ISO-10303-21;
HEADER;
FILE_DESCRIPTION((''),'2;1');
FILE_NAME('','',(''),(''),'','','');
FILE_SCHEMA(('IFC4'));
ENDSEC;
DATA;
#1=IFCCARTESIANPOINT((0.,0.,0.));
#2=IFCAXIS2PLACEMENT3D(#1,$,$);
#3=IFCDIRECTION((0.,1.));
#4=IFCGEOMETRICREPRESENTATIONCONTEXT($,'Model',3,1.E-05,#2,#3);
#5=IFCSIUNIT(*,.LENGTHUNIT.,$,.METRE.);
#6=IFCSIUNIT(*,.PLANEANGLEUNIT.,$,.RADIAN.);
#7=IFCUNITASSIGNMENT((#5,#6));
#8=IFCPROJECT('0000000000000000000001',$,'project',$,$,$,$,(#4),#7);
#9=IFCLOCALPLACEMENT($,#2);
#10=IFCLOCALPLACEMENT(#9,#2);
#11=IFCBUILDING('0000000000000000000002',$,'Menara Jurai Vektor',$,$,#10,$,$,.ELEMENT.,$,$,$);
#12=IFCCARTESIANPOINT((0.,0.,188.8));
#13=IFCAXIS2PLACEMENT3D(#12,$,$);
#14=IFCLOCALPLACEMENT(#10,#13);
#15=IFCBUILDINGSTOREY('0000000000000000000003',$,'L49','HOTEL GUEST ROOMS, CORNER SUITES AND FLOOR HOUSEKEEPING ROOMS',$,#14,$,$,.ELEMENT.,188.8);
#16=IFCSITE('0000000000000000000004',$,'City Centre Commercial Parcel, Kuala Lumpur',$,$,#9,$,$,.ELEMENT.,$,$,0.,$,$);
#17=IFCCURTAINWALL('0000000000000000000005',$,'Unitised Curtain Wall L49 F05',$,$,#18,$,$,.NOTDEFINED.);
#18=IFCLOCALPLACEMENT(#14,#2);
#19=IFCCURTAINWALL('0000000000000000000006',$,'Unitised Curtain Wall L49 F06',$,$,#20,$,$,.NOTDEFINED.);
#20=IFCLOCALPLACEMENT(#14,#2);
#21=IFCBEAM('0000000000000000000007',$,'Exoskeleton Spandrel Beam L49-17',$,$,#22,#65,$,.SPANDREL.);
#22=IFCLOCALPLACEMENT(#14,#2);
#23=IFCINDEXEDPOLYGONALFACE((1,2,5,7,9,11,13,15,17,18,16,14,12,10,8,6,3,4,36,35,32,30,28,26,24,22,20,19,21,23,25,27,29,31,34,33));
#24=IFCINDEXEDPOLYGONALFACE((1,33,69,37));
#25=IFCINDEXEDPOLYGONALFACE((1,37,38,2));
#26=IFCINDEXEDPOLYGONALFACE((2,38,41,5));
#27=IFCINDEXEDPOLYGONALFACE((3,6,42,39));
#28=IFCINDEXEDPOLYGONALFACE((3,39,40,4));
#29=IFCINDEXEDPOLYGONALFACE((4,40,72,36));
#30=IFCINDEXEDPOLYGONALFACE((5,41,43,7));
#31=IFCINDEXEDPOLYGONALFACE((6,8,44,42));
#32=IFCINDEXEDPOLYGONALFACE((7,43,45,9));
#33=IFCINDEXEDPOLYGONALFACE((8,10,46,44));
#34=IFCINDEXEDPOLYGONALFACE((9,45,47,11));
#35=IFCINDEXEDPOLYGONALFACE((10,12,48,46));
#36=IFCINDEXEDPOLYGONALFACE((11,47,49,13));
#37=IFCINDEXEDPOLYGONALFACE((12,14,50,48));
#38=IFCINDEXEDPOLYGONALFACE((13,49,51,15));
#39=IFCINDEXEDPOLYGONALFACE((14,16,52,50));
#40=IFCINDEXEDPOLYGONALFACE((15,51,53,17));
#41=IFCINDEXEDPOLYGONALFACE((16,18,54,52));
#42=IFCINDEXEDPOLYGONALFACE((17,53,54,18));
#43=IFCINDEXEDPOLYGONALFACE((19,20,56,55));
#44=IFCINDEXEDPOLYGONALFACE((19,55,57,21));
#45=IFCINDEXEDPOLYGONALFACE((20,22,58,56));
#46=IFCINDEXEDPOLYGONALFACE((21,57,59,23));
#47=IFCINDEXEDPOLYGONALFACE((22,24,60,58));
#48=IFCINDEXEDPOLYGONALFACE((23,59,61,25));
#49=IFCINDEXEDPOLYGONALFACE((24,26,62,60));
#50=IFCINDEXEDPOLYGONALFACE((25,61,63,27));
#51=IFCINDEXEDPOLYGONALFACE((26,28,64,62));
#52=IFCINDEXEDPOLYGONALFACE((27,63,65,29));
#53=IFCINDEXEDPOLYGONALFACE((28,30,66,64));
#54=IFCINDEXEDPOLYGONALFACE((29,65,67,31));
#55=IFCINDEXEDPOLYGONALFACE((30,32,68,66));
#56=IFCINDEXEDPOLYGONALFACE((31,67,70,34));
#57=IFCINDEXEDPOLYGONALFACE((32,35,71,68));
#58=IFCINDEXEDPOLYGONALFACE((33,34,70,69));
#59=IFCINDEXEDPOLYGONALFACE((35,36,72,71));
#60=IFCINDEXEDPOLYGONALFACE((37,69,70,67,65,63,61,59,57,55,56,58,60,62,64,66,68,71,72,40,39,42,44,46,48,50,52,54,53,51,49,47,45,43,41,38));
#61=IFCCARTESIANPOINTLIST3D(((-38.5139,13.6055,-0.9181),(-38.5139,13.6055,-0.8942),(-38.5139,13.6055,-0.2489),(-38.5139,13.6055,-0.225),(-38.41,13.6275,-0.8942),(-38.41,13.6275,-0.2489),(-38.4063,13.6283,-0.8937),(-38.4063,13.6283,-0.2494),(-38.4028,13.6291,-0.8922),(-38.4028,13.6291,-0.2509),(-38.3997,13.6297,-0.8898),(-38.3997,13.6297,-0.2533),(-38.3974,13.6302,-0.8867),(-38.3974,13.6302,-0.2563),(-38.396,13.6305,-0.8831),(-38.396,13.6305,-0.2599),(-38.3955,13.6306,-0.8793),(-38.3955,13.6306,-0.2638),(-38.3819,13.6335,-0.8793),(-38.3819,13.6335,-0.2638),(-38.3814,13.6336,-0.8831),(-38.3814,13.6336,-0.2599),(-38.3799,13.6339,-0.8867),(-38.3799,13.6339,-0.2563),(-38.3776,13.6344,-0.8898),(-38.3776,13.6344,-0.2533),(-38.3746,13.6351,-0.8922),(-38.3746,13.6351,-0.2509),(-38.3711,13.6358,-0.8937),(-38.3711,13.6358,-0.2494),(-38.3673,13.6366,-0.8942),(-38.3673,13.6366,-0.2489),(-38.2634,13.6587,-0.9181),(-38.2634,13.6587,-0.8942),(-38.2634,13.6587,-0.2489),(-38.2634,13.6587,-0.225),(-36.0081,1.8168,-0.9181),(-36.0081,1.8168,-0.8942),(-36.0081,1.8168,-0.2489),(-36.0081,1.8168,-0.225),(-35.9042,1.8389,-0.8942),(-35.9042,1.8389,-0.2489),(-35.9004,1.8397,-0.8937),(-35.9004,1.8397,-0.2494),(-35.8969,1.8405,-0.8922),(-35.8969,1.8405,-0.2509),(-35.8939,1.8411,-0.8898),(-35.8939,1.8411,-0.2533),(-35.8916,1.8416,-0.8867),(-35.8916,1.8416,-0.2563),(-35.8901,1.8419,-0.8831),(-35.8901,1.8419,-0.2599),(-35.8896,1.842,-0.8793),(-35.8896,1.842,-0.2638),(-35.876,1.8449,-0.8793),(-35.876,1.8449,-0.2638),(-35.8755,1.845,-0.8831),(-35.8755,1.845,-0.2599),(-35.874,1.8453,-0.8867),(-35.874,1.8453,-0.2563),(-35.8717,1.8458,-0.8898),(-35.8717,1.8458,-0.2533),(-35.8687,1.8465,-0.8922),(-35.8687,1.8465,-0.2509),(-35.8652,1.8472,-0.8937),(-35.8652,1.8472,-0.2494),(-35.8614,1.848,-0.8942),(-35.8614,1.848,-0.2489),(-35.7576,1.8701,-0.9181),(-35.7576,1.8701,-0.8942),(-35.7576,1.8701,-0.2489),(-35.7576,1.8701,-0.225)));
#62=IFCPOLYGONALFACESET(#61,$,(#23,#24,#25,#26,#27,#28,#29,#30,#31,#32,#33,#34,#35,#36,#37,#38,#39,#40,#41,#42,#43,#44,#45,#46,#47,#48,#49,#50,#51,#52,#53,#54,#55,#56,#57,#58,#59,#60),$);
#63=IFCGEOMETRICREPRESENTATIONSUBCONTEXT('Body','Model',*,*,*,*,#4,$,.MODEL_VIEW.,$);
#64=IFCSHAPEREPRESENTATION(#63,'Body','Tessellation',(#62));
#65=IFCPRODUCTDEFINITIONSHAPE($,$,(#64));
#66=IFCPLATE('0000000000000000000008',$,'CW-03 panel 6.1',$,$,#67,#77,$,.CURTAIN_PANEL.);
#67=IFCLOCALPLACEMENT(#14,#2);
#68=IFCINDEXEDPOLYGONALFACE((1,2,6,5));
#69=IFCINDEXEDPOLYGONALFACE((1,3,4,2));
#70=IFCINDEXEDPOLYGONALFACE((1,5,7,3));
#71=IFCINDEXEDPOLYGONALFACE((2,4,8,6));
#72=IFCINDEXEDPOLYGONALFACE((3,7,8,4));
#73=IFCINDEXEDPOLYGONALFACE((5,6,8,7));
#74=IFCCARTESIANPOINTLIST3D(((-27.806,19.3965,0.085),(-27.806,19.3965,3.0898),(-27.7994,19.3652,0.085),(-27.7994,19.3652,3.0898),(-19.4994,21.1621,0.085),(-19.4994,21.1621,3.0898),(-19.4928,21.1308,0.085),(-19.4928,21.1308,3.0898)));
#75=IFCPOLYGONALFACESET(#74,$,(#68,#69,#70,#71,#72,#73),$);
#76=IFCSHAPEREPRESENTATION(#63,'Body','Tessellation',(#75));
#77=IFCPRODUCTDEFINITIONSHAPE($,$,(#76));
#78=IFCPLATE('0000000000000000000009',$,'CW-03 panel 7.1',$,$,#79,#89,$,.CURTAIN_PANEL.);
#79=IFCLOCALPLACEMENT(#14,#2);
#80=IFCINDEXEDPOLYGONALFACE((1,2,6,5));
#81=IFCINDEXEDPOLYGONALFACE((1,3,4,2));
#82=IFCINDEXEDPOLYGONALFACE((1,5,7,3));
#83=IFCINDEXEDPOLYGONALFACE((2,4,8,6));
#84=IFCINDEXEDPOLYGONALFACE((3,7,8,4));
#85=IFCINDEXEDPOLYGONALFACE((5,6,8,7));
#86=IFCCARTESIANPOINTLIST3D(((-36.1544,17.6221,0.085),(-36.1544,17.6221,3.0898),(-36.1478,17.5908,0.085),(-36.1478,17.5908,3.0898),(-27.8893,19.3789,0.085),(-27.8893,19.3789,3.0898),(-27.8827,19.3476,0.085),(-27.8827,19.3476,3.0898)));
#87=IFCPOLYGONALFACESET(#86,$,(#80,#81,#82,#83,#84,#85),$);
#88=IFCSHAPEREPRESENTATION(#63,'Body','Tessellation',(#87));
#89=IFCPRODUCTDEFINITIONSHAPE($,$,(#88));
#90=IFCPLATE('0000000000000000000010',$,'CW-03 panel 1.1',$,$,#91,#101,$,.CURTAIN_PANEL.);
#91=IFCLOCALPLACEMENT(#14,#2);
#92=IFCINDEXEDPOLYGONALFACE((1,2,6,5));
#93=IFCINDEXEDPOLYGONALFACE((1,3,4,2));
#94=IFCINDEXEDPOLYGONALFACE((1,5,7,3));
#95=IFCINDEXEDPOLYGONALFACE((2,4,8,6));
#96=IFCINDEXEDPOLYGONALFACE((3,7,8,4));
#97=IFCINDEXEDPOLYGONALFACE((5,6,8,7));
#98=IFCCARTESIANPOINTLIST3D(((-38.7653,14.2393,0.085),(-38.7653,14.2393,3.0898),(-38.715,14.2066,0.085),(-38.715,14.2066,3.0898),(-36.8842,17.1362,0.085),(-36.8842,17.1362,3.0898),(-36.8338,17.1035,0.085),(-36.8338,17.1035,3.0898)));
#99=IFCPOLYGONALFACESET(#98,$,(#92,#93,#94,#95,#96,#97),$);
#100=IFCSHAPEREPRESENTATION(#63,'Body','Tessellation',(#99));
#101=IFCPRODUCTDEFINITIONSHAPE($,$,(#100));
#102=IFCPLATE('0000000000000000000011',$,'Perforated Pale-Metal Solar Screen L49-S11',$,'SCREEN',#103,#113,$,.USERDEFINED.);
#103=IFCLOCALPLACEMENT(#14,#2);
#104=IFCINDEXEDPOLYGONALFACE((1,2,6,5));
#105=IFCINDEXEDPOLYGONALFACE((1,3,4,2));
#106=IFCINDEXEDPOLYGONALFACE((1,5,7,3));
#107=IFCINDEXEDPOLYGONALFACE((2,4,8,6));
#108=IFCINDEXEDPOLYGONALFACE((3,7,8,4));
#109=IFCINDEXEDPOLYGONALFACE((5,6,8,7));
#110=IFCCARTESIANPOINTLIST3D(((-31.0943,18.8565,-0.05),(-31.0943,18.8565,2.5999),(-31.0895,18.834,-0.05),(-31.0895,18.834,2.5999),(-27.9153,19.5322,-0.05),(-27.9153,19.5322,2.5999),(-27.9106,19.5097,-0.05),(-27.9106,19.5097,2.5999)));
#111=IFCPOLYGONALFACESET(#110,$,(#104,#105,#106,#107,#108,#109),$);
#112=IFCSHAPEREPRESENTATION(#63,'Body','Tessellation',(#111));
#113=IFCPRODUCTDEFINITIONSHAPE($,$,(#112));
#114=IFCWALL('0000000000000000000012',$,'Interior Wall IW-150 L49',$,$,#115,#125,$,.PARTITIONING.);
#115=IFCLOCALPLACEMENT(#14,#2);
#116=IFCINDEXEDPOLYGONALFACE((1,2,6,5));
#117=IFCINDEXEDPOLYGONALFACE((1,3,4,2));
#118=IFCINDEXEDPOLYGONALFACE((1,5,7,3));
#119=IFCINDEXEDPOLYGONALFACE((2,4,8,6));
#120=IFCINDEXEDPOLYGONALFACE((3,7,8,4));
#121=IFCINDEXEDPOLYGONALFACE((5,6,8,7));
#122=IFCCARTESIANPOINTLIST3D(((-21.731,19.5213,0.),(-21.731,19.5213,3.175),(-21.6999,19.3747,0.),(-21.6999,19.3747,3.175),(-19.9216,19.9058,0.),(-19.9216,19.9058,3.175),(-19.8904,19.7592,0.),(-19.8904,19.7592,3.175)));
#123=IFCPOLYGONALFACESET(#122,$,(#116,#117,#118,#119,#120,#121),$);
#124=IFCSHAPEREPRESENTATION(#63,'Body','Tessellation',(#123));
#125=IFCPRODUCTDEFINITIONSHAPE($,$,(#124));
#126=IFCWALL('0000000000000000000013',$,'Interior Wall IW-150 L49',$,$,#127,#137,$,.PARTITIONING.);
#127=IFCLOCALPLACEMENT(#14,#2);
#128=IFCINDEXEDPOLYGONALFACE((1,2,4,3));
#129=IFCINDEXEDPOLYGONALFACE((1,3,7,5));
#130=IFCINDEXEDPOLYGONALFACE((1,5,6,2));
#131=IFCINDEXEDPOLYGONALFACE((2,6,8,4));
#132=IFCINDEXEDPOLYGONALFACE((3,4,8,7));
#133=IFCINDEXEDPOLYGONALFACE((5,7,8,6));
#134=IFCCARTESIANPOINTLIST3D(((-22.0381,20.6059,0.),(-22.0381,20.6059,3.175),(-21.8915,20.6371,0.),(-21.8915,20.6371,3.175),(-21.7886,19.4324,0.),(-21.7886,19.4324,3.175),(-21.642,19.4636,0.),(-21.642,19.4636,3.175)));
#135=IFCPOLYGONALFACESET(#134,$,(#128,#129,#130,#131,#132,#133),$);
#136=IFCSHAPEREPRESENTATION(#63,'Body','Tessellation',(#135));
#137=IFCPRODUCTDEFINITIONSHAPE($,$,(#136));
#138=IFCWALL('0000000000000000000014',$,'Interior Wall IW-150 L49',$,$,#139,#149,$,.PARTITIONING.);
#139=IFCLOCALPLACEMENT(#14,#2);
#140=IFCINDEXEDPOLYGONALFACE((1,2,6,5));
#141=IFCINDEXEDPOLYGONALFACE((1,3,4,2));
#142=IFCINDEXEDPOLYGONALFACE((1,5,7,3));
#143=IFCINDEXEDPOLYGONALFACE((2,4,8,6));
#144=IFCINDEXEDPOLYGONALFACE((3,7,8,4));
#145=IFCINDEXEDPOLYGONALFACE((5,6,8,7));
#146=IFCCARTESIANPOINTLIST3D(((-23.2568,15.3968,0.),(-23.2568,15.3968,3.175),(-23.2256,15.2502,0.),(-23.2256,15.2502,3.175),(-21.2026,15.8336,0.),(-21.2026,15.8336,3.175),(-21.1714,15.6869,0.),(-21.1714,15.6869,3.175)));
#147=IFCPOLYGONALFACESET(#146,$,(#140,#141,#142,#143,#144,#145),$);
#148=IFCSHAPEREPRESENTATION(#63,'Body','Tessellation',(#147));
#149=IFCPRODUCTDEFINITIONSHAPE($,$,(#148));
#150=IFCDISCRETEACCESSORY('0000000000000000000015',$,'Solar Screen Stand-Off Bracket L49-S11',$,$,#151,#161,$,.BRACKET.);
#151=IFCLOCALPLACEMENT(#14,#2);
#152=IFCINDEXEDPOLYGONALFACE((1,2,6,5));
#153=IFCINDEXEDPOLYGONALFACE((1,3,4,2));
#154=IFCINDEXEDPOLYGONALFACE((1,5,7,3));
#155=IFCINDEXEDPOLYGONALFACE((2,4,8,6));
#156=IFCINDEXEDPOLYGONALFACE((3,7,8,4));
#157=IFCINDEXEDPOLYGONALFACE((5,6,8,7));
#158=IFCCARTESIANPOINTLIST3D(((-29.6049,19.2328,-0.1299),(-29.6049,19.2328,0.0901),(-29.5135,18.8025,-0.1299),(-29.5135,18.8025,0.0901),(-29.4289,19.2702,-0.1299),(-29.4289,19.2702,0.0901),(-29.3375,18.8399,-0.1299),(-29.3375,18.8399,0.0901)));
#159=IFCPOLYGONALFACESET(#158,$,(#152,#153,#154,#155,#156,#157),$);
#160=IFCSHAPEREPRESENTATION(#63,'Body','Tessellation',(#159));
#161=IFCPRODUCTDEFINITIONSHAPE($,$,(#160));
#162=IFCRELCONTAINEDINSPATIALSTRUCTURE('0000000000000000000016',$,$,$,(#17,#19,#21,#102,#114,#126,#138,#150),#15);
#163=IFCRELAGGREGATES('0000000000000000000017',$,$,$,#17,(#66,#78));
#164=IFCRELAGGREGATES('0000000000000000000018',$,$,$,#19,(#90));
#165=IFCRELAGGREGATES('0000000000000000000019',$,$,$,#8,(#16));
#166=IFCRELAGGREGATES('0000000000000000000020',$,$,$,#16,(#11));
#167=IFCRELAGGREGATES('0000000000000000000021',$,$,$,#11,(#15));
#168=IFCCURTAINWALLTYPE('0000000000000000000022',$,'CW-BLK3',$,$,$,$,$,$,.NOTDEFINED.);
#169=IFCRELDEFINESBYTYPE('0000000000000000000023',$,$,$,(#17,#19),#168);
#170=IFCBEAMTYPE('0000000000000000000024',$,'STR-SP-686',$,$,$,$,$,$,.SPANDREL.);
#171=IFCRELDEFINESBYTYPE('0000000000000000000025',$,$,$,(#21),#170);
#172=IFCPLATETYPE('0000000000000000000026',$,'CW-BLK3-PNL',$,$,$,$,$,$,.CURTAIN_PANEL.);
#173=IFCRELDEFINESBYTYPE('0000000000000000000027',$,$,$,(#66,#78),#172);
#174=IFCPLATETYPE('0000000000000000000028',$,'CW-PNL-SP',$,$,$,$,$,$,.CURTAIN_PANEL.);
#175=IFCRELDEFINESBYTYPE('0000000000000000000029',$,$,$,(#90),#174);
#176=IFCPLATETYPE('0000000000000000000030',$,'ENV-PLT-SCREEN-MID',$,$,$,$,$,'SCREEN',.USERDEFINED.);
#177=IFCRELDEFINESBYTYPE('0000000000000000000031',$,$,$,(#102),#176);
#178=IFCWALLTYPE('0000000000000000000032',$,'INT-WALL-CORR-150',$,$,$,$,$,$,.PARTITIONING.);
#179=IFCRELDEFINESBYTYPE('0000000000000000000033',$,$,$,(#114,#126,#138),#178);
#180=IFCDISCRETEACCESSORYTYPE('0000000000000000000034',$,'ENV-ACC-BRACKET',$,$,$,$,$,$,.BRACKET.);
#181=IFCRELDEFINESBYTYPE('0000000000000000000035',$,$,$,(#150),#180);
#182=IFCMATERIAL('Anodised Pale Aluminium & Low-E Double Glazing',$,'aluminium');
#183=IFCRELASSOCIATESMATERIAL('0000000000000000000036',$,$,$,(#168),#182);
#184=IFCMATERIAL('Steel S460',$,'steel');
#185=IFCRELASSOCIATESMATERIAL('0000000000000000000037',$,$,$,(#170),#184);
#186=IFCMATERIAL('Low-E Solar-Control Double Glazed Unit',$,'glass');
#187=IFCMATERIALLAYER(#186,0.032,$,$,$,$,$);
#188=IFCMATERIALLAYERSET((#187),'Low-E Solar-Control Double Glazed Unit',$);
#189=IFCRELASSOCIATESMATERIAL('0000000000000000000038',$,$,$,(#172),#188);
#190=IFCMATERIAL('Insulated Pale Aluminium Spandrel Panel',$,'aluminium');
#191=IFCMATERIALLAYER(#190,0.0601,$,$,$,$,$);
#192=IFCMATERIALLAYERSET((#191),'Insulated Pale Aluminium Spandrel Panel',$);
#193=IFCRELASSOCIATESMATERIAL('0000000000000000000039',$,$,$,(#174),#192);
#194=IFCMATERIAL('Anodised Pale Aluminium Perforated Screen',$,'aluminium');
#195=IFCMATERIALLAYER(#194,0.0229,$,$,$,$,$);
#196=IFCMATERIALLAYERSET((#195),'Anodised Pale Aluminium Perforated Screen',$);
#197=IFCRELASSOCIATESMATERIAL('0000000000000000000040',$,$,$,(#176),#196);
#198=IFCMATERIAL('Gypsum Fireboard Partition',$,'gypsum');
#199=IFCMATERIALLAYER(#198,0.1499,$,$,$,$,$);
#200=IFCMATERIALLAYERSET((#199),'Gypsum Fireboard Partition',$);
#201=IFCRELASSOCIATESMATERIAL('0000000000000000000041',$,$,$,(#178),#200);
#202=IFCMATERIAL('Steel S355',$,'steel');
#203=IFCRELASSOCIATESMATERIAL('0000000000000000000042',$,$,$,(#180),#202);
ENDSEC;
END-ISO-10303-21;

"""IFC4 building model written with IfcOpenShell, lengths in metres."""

from ifc_helpers import new_model, si_unit, direction, frame, frame_2d, origin, origin_2d, place, context, subcontext, project, spatial, rectangle, i_section, extrude, material, layer, layer_set, material_profile, profile_set, type_object, element, aggregate, save


model = new_model("IFC4")

# Units and contexts
model_context = context("Model", 3, precision=1e-05, world=origin(), true_north=direction((0.0, 1.0)))
body_context = subcontext(model_context, "Body", "Model", "MODEL_VIEW")
ifc_project = project(units=[si_unit("LENGTHUNIT", "METRE"), si_unit("PLANEANGLEUNIT", "RADIAN")], contexts=[model_context])

# Site, building, storey
site_placement = place(None, origin())
site = spatial("IfcSite", under=ifc_project, at=site_placement, Name="City Centre Commercial Parcel, Kuala Lumpur", CompositionType="ELEMENT", RefElevation=0.0)
building_placement = place(site_placement, origin())
building = spatial("IfcBuilding", under=site, at=building_placement, Name="Menara Jurai Vektor", CompositionType="ELEMENT")
storey_placement = place(building_placement, frame((0.0, 0.0, 188.8)))
storey = spatial("IfcBuildingStorey", under=building, at=storey_placement, Name="L49", Description="HOTEL GUEST ROOMS, CORNER SUITES AND FLOOR HOUSEKEEPING ROOMS", CompositionType="ELEMENT", Elevation=188.8)

# Shared definitions
ifc_material_1 = material(Name="Steel S460", Category="steel")

# Curtain walls
ifc_material_2 = material(Name="Anodised Pale Aluminium & Low-E Double Glazing", Category="aluminium")
curtain_wall_type = type_object("IfcCurtainWallType", Name="CW-BLK3", PredefinedType="NOTDEFINED", material=ifc_material_2)
curtain_wall_1_placement = place(storey_placement, origin())
curtain_wall_1 = element("IfcCurtainWall", 1, at=curtain_wall_1_placement, inside=storey, type_object=curtain_wall_type, Name="Unitised Curtain Wall L49 F05", PredefinedType="NOTDEFINED")
curtain_wall_2_placement = place(storey_placement, origin())
curtain_wall_2 = element("IfcCurtainWall", 2, at=curtain_wall_2_placement, inside=storey, type_object=curtain_wall_type, Name="Unitised Curtain Wall L49 F06", PredefinedType="NOTDEFINED")

# Shared definitions
ifc_material_3 = material(Name="Steel S355", Category="steel")

# Beam
ifc_material_profile_1 = material_profile(ifc_material_1, i_section(OverallWidth=0.2561, OverallDepth=0.6931, WebThickness=0.0139, FlangeThickness=0.0239, FilletRadius=0.0149, at=origin_2d()), Name="UKB 686x254x170")
ifc_profile_set_1 = profile_set([ifc_material_profile_1], Name="Steel S460")
beam_type_1 = type_object("IfcBeamType", Name="STR-SP-686", PredefinedType="SPANDREL", material=ifc_profile_set_1)
beam_1_placement = place(storey_placement, frame((-38.3887, 13.6321, -0.5715), z_axis=(0.207921, -0.978146, 0.0), x_axis=(0.978146, 0.207921, 0.0)))
element("IfcBeam", 3, at=beam_1_placement, inside=storey, type_object=beam_type_1, Name="Exoskeleton Spandrel Beam L49-17", PredefinedType="SPANDREL", context=body_context, shape_type="SweptSolid", body=[
    extrude(i_section(OverallWidth=0.2561, OverallDepth=0.6931, WebThickness=0.0139, FlangeThickness=0.0239, FilletRadius=0.0149, at=origin_2d()), origin(), (0.0, 0.0, 1.0), 12.052),
])

# Plates
ifc_material_4 = material(Name="Low-E Solar-Control Double Glazed Unit", Category="glass")
ifc_layer_1 = layer(ifc_material_4, 0.032)
ifc_layer_set_1 = layer_set([ifc_layer_1], Name="Low-E Solar-Control Double Glazed Unit")
plate_type_1 = type_object("IfcPlateType", Name="CW-BLK3-PNL", PredefinedType="CURTAIN_PANEL", material=ifc_layer_set_1)
plate_1_placement = place(storey_placement, frame((-23.6494, 20.2637, 0.085), z_axis=(0.0, 0.0, 1.0), x_axis=(-0.978148, -0.207911, 0.0)))
plate_1 = element("IfcPlate", 4, at=plate_1_placement, type_object=plate_type_1, Name="CW-03 panel 6.1", PredefinedType="CURTAIN_PANEL", context=body_context, shape_type="SweptSolid", body=[
    extrude(rectangle(XDim=8.4922, YDim=0.032, at=origin_2d()), origin(), (0.0, 0.0, 1.0), 3.0049),
])
plate_2_placement = place(storey_placement, frame((-32.0186, 18.4849, 0.085), z_axis=(0.0, 0.0, 1.0), x_axis=(-0.978148, -0.207911, 0.0)))
plate_2 = element("IfcPlate", 5, at=plate_2_placement, type_object=plate_type_1, Name="CW-03 panel 7.1", PredefinedType="CURTAIN_PANEL", context=body_context, shape_type="SweptSolid", body=[
    extrude(rectangle(XDim=8.4497, YDim=0.032, at=origin_2d()), origin(), (0.0, 0.0, 1.0), 3.0049),
])
aggregate(curtain_wall_1, [plate_1, plate_2])
ifc_material_5 = material(Name="Insulated Pale Aluminium Spandrel Panel", Category="aluminium")
ifc_layer_2 = layer(ifc_material_5, 0.0601)
ifc_layer_set_2 = layer_set([ifc_layer_2], Name="Insulated Pale Aluminium Spandrel Panel")
plate_type_2 = type_object("IfcPlateType", Name="CW-PNL-SP", PredefinedType="CURTAIN_PANEL", material=ifc_layer_set_2)
plate_3_placement = place(storey_placement, frame((-37.7996, 15.6714, 0.085), z_axis=(0.0, 0.0, 1.0), x_axis=(-0.544618, -0.838684, 0.0)))
plate_3 = element("IfcPlate", 6, at=plate_3_placement, type_object=plate_type_2, Name="CW-03 panel 1.1", PredefinedType="CURTAIN_PANEL", context=body_context, shape_type="SweptSolid", body=[
    extrude(rectangle(XDim=3.4541, YDim=0.0601, at=origin_2d()), origin(), (0.0, 0.0, 1.0), 3.0049),
])
aggregate(curtain_wall_2, [plate_3])
ifc_material_6 = material(Name="Anodised Pale Aluminium Perforated Screen", Category="aluminium")
ifc_layer_3 = layer(ifc_material_6, 0.0229)
ifc_layer_set_3 = layer_set([ifc_layer_3], Name="Anodised Pale Aluminium Perforated Screen")
plate_type_3 = type_object("IfcPlateType", Name="ENV-PLT-SCREEN-MID", ElementType="SCREEN", PredefinedType="USERDEFINED", material=ifc_layer_set_3)
plate_4_placement = place(storey_placement, frame((-29.5024, 19.1831, -0.05), z_axis=(0.0, 0.0, 1.0), x_axis=(-0.978148, -0.207912, 0.0)))
element("IfcPlate", 7, at=plate_4_placement, inside=storey, type_object=plate_type_3, Name="Perforated Pale-Metal Solar Screen L49-S11", ObjectType="SCREEN", PredefinedType="USERDEFINED", context=body_context, shape_type="SweptSolid", body=[
    extrude(rectangle(XDim=3.25, YDim=0.0229, at=origin_2d()), origin(), (0.0, 0.0, 1.0), 2.6499),
])

# Wall
ifc_material_7 = material(Name="Gypsum Fireboard Partition", Category="gypsum")
ifc_layer_4 = layer(ifc_material_7, 0.1499)
ifc_layer_set_4 = layer_set([ifc_layer_4], Name="Gypsum Fireboard Partition")
wall_type = type_object("IfcWallType", Name="INT-WALL-CORR-150", PredefinedType="PARTITIONING", material=ifc_layer_set_4)
wall_1_placement = place(storey_placement, frame((-21.7153, 19.448, 0.0), z_axis=(0.0, 0.0, 1.0), x_axis=(0.97816, 0.207852, 0.0)))
element("IfcWall", 8, at=wall_1_placement, inside=storey, type_object=wall_type, Name="Interior Wall IW-150 L49", PredefinedType="PARTITIONING", context=body_context, shape_type="SweptSolid", body=[
    extrude(rectangle(XDim=1.8499, YDim=0.1499, at=frame_2d((0.9248, 0.0))), origin(), (0.0, 0.0, 1.0), 3.175),
])

# Walls
wall_2_placement = place(storey_placement, frame((-21.7153, 19.448, 0.0), z_axis=(0.0, 0.0, 1.0), x_axis=(-0.207959, 0.978138, 0.0)))
element("IfcWall", 9, at=wall_2_placement, inside=storey, type_object=wall_type, Name="Interior Wall IW-150 L49", PredefinedType="PARTITIONING", context=body_context, shape_type="SweptSolid", body=[
    extrude(rectangle(XDim=1.1997, YDim=0.1499, at=frame_2d((0.5999, 0.0))), origin(), (0.0, 0.0, 1.0), 3.175),
])
wall_3_placement = place(storey_placement, frame((-23.2412, 15.3235, 0.0), z_axis=(0.0, 0.0, 1.0), x_axis=(0.978135, 0.207973, 0.0)))
element("IfcWall", 10, at=wall_3_placement, inside=storey, type_object=wall_type, Name="Interior Wall IW-150 L49", PredefinedType="PARTITIONING", context=body_context, shape_type="SweptSolid", body=[
    extrude(rectangle(XDim=2.1001, YDim=0.1499, at=frame_2d((1.05, 0.0))), origin(), (0.0, 0.0, 1.0), 3.175),
])

# Discrete accessory
discrete_accessory_type = type_object("IfcDiscreteAccessoryType", Name="ENV-ACC-BRACKET", PredefinedType="BRACKET", material=ifc_material_3)
discrete_accessory_placement = place(storey_placement, frame((-29.4712, 19.0364, -0.1299), z_axis=(0.0, 0.0, 1.0), x_axis=(-0.978148, -0.207912, 0.0)))
element("IfcDiscreteAccessory", 11, at=discrete_accessory_placement, inside=storey, type_object=discrete_accessory_type, Name="Solar Screen Stand-Off Bracket L49-S11", PredefinedType="BRACKET", context=body_context, shape_type="SweptSolid", body=[
    extrude(rectangle(XDim=0.1799, YDim=0.4399, at=origin_2d()), origin(), (0.0, 0.0, 1.0), 0.22),
])

save(model, "model.ifc")
